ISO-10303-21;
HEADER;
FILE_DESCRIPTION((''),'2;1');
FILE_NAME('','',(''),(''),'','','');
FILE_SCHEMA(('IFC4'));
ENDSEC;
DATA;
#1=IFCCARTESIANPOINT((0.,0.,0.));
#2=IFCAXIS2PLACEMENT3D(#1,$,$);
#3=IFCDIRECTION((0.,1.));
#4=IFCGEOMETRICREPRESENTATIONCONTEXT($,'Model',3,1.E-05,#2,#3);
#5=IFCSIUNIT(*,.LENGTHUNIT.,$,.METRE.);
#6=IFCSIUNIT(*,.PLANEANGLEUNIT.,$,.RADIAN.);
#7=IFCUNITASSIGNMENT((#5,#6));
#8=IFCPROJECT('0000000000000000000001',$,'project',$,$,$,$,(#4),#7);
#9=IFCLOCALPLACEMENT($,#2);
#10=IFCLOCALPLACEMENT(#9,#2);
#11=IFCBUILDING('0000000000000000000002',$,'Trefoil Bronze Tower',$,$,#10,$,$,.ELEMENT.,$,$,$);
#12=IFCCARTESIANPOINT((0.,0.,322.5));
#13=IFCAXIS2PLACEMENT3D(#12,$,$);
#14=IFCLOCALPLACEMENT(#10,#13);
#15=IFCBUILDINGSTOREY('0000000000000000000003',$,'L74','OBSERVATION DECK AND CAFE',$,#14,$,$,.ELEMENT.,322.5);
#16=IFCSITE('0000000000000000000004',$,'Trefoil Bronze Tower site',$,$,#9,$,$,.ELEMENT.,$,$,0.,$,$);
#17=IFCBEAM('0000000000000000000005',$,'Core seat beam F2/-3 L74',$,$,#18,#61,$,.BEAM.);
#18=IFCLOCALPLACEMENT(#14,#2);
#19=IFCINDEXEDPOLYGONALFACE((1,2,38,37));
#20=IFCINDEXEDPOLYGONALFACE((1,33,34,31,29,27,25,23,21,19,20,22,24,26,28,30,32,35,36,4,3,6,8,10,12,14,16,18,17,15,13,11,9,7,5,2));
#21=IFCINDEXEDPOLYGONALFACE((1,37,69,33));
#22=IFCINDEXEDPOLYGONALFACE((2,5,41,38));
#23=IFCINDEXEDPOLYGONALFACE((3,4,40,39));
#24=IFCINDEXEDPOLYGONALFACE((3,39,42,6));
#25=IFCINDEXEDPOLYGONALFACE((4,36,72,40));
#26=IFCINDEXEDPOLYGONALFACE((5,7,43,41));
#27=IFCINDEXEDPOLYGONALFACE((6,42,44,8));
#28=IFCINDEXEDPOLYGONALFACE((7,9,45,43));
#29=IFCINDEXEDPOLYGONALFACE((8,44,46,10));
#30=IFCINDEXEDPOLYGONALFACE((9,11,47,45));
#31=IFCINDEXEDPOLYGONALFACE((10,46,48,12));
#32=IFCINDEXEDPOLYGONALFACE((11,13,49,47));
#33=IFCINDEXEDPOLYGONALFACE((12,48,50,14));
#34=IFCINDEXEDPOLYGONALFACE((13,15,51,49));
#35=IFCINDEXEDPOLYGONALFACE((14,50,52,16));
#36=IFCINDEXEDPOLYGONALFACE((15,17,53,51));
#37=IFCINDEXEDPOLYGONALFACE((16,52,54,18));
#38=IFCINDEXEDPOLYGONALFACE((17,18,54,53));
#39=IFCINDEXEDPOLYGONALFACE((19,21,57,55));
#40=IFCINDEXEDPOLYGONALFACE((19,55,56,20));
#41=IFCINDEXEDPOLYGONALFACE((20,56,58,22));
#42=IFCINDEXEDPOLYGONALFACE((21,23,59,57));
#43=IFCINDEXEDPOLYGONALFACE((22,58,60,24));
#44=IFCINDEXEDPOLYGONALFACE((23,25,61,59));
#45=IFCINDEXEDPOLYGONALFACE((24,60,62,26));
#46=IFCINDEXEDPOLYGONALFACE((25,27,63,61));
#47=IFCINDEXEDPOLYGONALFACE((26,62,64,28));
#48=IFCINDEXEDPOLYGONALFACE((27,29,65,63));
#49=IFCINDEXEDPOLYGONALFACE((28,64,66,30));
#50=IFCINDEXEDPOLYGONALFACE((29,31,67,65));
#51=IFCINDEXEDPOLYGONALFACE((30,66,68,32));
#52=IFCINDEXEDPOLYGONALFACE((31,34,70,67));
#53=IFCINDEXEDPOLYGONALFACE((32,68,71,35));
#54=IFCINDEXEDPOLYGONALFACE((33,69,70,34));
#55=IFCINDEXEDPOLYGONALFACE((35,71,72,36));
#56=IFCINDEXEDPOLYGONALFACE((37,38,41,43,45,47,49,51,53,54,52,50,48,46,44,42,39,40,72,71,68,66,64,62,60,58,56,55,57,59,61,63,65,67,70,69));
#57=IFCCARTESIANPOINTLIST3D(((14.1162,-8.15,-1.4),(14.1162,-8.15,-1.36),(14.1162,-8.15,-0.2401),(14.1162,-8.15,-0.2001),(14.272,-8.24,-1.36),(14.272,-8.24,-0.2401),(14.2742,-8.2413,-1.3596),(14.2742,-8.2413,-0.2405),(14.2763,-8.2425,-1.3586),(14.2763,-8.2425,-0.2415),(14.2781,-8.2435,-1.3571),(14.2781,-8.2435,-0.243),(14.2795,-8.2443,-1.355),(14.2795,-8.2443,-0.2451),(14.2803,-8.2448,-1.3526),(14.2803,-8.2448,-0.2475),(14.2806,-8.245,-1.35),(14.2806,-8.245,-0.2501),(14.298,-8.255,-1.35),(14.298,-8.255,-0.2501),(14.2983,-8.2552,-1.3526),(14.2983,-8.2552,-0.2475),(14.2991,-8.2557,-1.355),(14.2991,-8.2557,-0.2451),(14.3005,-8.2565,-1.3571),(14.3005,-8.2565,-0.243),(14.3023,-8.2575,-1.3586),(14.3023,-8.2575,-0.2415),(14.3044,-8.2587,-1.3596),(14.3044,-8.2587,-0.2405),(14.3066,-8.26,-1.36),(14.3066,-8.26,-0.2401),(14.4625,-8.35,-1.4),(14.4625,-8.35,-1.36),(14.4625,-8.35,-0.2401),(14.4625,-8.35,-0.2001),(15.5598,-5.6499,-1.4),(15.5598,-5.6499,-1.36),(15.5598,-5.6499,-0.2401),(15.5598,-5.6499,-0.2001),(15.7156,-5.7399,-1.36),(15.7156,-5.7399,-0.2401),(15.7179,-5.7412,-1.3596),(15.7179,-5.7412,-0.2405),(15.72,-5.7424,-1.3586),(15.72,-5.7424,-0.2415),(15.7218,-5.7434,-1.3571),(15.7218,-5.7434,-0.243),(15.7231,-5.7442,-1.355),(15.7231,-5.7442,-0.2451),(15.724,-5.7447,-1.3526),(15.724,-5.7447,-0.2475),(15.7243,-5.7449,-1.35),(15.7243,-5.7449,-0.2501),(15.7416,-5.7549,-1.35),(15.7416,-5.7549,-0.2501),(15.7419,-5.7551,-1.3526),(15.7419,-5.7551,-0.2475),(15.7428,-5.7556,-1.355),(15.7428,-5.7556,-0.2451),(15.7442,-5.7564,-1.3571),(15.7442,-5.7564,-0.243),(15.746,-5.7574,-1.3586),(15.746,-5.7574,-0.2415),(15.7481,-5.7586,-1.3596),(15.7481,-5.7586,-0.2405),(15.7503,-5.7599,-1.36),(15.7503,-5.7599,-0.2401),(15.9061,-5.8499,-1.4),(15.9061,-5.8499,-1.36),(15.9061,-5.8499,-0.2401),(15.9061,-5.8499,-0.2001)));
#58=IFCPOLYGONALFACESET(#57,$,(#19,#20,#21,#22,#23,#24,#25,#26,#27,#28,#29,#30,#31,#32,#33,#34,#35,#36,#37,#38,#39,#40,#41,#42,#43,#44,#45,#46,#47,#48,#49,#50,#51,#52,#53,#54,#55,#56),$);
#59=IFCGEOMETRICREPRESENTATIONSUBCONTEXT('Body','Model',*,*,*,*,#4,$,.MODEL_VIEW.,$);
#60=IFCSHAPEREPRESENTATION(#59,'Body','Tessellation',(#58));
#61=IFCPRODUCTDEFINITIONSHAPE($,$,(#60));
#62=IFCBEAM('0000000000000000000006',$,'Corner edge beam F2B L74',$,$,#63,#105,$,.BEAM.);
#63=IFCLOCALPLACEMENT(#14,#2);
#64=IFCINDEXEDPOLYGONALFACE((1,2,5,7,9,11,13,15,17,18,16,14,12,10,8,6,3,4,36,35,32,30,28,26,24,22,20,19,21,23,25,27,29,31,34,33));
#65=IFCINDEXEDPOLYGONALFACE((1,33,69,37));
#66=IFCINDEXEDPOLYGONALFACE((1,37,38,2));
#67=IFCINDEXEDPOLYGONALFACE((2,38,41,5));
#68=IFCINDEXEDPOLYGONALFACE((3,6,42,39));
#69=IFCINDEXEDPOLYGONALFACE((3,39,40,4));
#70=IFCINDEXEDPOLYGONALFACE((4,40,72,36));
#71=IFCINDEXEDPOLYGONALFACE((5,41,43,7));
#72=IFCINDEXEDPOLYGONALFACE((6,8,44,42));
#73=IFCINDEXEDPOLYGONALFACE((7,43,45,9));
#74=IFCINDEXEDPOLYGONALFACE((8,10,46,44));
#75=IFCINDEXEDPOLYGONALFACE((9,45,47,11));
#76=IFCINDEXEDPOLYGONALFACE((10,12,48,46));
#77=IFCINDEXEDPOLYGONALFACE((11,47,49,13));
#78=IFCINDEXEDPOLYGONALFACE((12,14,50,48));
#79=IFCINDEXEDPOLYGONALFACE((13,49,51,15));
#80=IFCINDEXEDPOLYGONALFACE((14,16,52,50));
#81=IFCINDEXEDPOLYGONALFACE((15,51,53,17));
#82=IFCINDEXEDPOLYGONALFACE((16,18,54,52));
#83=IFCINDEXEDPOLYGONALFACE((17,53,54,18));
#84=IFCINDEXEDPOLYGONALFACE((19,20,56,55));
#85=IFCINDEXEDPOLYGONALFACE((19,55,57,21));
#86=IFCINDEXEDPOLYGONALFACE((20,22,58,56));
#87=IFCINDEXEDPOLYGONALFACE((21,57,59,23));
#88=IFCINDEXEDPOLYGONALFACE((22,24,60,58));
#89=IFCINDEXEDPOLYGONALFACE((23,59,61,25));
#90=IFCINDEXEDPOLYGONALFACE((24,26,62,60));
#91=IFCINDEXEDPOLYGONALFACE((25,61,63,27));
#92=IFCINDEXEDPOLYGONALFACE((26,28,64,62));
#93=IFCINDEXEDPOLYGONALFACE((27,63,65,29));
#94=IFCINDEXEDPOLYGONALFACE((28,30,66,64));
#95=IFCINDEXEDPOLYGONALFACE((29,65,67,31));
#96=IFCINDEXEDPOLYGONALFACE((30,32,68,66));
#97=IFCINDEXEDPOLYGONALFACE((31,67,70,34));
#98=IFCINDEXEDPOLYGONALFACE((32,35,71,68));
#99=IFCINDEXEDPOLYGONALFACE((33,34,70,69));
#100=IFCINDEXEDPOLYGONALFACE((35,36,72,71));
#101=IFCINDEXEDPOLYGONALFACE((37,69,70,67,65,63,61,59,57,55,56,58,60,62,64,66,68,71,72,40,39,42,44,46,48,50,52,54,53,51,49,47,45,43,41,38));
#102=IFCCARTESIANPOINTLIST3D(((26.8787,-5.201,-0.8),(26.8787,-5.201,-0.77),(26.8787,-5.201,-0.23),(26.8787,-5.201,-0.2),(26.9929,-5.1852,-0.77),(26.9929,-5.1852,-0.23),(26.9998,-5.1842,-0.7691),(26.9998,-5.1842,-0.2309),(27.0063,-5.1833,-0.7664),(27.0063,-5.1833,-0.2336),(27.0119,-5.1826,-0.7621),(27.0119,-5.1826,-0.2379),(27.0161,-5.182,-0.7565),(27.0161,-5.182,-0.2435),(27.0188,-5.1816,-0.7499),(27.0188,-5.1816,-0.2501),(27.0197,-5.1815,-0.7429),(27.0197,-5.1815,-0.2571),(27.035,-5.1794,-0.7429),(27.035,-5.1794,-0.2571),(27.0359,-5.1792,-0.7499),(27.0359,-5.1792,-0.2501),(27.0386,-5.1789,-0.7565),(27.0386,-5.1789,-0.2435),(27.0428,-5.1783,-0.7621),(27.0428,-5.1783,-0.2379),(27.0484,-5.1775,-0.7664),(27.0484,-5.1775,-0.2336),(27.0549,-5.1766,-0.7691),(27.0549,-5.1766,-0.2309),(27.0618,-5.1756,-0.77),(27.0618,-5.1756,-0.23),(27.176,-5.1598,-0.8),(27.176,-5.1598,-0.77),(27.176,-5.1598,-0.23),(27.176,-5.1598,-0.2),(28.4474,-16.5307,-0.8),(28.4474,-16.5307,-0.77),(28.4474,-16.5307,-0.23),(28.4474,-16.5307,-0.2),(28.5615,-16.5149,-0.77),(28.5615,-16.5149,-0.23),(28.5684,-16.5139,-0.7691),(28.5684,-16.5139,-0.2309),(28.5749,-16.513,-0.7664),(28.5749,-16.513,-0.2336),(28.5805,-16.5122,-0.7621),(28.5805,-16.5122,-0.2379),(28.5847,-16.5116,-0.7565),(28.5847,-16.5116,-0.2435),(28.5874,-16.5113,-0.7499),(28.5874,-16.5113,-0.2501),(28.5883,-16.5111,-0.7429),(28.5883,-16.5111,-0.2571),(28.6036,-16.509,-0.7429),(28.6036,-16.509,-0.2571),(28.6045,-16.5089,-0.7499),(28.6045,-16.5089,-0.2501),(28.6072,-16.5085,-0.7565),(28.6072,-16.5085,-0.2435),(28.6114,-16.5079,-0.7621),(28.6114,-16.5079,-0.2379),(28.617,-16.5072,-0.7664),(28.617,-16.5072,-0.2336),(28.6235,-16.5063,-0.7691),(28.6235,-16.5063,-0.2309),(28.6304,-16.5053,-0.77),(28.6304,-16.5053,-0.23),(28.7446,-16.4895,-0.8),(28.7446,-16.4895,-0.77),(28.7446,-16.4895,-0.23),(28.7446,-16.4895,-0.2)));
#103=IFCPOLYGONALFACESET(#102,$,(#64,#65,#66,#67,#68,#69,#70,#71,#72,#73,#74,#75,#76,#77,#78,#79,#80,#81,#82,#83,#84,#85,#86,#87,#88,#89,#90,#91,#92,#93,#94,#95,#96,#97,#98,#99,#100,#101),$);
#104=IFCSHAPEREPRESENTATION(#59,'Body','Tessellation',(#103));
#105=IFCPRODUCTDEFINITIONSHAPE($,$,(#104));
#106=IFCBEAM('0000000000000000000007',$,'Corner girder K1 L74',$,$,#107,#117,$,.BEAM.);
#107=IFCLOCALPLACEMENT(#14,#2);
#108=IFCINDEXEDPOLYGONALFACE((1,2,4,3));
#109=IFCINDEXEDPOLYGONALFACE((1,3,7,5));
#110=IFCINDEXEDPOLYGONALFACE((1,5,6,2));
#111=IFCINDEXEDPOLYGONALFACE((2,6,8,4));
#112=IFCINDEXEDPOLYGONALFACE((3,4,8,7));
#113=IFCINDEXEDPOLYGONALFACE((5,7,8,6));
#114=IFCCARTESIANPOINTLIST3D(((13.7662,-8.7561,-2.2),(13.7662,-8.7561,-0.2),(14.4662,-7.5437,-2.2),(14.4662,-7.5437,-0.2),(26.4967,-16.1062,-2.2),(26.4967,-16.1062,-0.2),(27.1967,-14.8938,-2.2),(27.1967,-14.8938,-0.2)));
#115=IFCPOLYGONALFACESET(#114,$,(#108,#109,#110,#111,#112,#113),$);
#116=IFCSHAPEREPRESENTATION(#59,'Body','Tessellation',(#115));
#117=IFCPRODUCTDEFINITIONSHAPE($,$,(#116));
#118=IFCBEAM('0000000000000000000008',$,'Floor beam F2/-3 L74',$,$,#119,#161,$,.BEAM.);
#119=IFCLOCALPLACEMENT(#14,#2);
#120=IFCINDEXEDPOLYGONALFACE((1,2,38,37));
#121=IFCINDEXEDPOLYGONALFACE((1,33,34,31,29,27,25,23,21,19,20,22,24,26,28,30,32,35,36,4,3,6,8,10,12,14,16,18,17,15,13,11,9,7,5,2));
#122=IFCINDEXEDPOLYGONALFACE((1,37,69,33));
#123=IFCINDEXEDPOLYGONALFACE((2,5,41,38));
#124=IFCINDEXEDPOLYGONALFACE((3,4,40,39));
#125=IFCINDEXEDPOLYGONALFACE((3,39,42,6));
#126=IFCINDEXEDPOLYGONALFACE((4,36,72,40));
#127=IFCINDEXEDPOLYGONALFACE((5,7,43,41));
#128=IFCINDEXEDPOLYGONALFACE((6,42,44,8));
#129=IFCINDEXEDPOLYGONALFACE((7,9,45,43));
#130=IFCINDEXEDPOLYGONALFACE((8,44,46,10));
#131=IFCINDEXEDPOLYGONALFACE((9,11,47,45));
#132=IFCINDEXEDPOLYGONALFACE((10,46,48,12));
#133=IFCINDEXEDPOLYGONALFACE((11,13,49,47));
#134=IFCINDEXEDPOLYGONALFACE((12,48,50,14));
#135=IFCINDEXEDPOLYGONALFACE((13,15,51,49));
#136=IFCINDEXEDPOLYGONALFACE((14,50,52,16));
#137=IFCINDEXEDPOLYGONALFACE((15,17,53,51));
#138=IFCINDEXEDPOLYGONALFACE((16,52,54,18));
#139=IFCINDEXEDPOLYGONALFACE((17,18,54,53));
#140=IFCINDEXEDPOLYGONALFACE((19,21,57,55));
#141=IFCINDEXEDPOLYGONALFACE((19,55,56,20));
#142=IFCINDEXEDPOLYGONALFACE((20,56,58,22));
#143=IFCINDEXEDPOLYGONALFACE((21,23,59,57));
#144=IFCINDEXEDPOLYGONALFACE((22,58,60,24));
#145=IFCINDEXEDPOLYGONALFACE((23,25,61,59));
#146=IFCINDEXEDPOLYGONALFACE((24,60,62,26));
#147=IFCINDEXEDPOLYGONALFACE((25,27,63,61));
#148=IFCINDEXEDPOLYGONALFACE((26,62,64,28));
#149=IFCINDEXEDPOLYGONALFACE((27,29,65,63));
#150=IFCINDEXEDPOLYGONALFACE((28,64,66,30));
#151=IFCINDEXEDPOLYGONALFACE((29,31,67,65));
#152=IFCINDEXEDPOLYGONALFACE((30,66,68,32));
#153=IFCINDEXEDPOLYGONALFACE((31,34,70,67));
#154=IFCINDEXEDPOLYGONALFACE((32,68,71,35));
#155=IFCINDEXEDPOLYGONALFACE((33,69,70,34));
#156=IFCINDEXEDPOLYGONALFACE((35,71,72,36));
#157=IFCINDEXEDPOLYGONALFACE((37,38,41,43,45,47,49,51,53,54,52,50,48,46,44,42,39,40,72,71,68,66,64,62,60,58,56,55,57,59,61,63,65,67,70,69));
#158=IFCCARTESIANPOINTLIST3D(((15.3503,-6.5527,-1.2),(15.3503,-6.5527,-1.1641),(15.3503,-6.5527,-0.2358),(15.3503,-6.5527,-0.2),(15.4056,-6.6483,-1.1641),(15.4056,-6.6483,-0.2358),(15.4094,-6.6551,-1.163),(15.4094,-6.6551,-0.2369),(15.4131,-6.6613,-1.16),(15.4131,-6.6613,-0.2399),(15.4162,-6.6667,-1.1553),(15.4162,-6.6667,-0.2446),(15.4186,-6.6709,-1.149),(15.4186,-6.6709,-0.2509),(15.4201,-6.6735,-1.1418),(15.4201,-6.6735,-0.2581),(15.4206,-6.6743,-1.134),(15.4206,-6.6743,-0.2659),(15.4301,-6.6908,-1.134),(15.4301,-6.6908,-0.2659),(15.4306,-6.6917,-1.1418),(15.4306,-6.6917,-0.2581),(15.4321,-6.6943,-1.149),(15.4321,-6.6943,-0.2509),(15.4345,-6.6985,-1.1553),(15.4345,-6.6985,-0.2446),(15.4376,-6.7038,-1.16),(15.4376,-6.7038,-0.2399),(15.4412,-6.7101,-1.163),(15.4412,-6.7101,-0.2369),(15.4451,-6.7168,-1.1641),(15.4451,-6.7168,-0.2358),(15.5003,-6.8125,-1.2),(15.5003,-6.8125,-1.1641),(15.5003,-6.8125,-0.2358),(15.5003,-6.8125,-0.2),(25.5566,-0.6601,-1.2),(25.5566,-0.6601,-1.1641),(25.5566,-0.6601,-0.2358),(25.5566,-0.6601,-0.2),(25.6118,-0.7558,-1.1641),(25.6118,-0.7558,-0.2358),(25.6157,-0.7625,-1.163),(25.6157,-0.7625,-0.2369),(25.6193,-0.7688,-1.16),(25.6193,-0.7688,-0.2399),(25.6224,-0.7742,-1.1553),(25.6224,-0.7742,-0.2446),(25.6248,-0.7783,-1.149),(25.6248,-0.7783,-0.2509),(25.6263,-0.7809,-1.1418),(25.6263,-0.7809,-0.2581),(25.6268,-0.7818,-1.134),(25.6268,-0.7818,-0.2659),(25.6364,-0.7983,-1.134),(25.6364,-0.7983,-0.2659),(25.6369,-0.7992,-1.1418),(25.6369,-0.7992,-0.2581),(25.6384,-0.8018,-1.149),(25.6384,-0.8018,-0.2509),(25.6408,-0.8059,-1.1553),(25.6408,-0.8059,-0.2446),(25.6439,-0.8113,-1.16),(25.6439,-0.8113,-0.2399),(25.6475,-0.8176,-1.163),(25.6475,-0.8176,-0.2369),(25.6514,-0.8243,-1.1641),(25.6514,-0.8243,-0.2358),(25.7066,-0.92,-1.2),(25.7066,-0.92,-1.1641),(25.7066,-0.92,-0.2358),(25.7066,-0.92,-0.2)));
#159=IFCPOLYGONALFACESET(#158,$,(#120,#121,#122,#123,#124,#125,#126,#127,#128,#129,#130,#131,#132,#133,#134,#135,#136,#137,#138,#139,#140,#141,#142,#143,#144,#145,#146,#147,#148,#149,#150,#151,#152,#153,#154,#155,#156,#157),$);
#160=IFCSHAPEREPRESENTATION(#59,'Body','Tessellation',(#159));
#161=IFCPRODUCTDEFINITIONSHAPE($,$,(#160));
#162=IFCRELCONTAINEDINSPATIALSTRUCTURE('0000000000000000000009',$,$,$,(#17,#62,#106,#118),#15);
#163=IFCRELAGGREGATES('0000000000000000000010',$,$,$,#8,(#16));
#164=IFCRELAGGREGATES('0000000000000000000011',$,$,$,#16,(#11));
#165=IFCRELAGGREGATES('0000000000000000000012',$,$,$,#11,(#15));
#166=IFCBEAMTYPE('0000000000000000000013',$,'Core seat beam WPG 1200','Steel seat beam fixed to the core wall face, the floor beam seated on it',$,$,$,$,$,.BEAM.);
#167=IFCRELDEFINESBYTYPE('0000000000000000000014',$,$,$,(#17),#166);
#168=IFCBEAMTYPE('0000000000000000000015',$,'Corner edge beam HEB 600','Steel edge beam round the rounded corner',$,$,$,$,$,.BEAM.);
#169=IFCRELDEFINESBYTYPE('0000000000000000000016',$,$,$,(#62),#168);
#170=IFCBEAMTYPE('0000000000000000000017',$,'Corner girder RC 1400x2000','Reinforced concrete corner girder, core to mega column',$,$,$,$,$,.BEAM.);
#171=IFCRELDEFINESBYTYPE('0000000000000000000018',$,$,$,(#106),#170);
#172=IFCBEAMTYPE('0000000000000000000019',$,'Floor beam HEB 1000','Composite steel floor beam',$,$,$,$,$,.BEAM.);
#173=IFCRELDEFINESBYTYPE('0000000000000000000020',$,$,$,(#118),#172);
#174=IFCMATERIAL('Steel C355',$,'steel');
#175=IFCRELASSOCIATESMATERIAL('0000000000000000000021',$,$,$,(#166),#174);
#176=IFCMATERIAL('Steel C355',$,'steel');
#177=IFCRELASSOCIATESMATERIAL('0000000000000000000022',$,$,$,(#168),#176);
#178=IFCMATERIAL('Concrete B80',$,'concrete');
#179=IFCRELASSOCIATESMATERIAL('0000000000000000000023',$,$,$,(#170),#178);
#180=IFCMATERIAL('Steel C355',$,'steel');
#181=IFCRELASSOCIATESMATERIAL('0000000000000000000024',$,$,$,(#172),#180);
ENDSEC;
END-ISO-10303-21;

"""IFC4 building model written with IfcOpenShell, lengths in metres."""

from ifc_helpers import new_model, si_unit, direction, frame, origin, origin_2d, place, context, subcontext, project, spatial, rectangle, i_section, extrude, material, material_profile, profile_set, type_object, element, save


model = new_model("IFC4")

# Units and contexts
model_context = context("Model", 3, precision=1e-05, world=origin(), true_north=direction((0.0, 1.0)))
body_context = subcontext(model_context, "Body", "Model", "MODEL_VIEW")
ifc_project = project(units=[si_unit("LENGTHUNIT", "METRE"), si_unit("PLANEANGLEUNIT", "RADIAN")], contexts=[model_context])

# Site, building, storey
site_placement = place(None, origin())
site = spatial("IfcSite", under=ifc_project, at=site_placement, Name="Trefoil Bronze Tower site", CompositionType="ELEMENT", RefElevation=0.0)
building_placement = place(site_placement, origin())
building = spatial("IfcBuilding", under=site, at=building_placement, Name="Trefoil Bronze Tower", CompositionType="ELEMENT")
storey_placement = place(building_placement, frame((0.0, 0.0, 322.5)))
storey = spatial("IfcBuildingStorey", under=building, at=storey_placement, Name="L74", Description="OBSERVATION DECK AND CAFE", CompositionType="ELEMENT", Elevation=322.5)

# Beams
ifc_material_1 = material(Name="Steel C355", Category="steel")
ifc_material_profile_1 = material_profile(ifc_material_1, i_section(OverallWidth=0.3999, OverallDepth=1.2, WebThickness=0.02, FlangeThickness=0.04, FilletRadius=0.01, at=origin_2d()), Name="WPG 1200")
ifc_profile_set_1 = profile_set([ifc_material_profile_1], Name="Steel C355")
beam_type_1 = type_object("IfcBeamType", Name="Core seat beam WPG 1200", Description="Steel seat beam fixed to the core wall face, the floor beam seated on it", PredefinedType="BEAM", material=ifc_profile_set_1)
beam_1_placement = place(storey_placement, frame((14.2893, -8.25, -0.8), z_axis=(0.500059, 0.865991, 0.0), x_axis=(-0.865991, 0.500059, 0.0)))
element("IfcBeam", 1, at=beam_1_placement, inside=storey, type_object=beam_type_1, Name="Core seat beam F2/-3 L74", PredefinedType="BEAM", context=body_context, shape_type="SweptSolid", body=[
    extrude(i_section(OverallWidth=0.3999, OverallDepth=1.2, WebThickness=0.02, FlangeThickness=0.04, FilletRadius=0.01, at=origin_2d()), origin(), (0.0, 0.0, 1.0), 2.887),
])
ifc_material_2 = material(Name="Steel C355", Category="steel")
ifc_material_profile_2 = material_profile(ifc_material_2, i_section(OverallWidth=0.3, OverallDepth=0.6001, WebThickness=0.0154, FlangeThickness=0.03, FilletRadius=0.0271, at=origin_2d()), Name="HEB 600")
ifc_profile_set_2 = profile_set([ifc_material_profile_2], Name="Steel C355")
beam_type_2 = type_object("IfcBeamType", Name="Corner edge beam HEB 600", Description="Steel edge beam round the rounded corner", PredefinedType="BEAM", material=ifc_profile_set_2)
beam_2_placement = place(storey_placement, frame((27.0273, -5.1804, -0.5), z_axis=(0.137144, -0.990551, 0.0), x_axis=(0.990551, 0.137144, 0.0)))
element("IfcBeam", 2, at=beam_2_placement, inside=storey, type_object=beam_type_2, Name="Corner edge beam F2B L74", PredefinedType="BEAM", context=body_context, shape_type="SweptSolid", body=[
    extrude(i_section(OverallWidth=0.3, OverallDepth=0.6001, WebThickness=0.0154, FlangeThickness=0.03, FilletRadius=0.0271, at=origin_2d()), origin(), (0.0, 0.0, 1.0), 11.4377),
])
ifc_material_3 = material(Name="Concrete B80", Category="concrete")
ifc_material_profile_3 = material_profile(ifc_material_3, rectangle(XDim=1.3999, YDim=2.0, at=origin_2d()), Name="RC 1400x2000")
ifc_profile_set_3 = profile_set([ifc_material_profile_3], Name="Concrete B80")
beam_type_3 = type_object("IfcBeamType", Name="Corner girder RC 1400x2000", Description="Reinforced concrete corner girder, core to mega column", PredefinedType="BEAM", material=ifc_profile_set_3)
beam_3_placement = place(storey_placement, frame((14.1162, -8.1499, -1.2), z_axis=(0.866021, -0.500008, 0.0), x_axis=(0.500008, 0.866021, 0.0)))
element("IfcBeam", 3, at=beam_3_placement, inside=storey, type_object=beam_type_3, Name="Corner girder K1 L74", PredefinedType="BEAM", context=body_context, shape_type="SweptSolid", body=[
    extrude(rectangle(XDim=1.3999, YDim=2.0, at=origin_2d()), origin(), (0.0, 0.0, 1.0), 14.7),
])
ifc_material_4 = material(Name="Steel C355", Category="steel")
ifc_material_profile_4 = material_profile(ifc_material_4, i_section(OverallWidth=0.3, OverallDepth=1.0, WebThickness=0.019, FlangeThickness=0.0359, FilletRadius=0.03, at=origin_2d()), Name="HEB 1000")
ifc_profile_set_4 = profile_set([ifc_material_profile_4], Name="Steel C355")
beam_type_4 = type_object("IfcBeamType", Name="Floor beam HEB 1000", Description="Composite steel floor beam", PredefinedType="BEAM", material=ifc_profile_set_4)
beam_4_placement = place(storey_placement, frame((25.6316, -0.79, -0.7), z_axis=(-0.866027, -0.499998, 0.0), x_axis=(0.499998, -0.866027, 0.0)))
element("IfcBeam", 4, at=beam_4_placement, inside=storey, type_object=beam_type_4, Name="Floor beam F2/-3 L74", PredefinedType="BEAM", context=body_context, shape_type="SweptSolid", body=[
    extrude(i_section(OverallWidth=0.3, OverallDepth=1.0, WebThickness=0.019, FlangeThickness=0.0359, FilletRadius=0.03, at=origin_2d()), origin(), (0.0, 0.0, 1.0), 11.7852),
])

save(model, "model.ifc")
